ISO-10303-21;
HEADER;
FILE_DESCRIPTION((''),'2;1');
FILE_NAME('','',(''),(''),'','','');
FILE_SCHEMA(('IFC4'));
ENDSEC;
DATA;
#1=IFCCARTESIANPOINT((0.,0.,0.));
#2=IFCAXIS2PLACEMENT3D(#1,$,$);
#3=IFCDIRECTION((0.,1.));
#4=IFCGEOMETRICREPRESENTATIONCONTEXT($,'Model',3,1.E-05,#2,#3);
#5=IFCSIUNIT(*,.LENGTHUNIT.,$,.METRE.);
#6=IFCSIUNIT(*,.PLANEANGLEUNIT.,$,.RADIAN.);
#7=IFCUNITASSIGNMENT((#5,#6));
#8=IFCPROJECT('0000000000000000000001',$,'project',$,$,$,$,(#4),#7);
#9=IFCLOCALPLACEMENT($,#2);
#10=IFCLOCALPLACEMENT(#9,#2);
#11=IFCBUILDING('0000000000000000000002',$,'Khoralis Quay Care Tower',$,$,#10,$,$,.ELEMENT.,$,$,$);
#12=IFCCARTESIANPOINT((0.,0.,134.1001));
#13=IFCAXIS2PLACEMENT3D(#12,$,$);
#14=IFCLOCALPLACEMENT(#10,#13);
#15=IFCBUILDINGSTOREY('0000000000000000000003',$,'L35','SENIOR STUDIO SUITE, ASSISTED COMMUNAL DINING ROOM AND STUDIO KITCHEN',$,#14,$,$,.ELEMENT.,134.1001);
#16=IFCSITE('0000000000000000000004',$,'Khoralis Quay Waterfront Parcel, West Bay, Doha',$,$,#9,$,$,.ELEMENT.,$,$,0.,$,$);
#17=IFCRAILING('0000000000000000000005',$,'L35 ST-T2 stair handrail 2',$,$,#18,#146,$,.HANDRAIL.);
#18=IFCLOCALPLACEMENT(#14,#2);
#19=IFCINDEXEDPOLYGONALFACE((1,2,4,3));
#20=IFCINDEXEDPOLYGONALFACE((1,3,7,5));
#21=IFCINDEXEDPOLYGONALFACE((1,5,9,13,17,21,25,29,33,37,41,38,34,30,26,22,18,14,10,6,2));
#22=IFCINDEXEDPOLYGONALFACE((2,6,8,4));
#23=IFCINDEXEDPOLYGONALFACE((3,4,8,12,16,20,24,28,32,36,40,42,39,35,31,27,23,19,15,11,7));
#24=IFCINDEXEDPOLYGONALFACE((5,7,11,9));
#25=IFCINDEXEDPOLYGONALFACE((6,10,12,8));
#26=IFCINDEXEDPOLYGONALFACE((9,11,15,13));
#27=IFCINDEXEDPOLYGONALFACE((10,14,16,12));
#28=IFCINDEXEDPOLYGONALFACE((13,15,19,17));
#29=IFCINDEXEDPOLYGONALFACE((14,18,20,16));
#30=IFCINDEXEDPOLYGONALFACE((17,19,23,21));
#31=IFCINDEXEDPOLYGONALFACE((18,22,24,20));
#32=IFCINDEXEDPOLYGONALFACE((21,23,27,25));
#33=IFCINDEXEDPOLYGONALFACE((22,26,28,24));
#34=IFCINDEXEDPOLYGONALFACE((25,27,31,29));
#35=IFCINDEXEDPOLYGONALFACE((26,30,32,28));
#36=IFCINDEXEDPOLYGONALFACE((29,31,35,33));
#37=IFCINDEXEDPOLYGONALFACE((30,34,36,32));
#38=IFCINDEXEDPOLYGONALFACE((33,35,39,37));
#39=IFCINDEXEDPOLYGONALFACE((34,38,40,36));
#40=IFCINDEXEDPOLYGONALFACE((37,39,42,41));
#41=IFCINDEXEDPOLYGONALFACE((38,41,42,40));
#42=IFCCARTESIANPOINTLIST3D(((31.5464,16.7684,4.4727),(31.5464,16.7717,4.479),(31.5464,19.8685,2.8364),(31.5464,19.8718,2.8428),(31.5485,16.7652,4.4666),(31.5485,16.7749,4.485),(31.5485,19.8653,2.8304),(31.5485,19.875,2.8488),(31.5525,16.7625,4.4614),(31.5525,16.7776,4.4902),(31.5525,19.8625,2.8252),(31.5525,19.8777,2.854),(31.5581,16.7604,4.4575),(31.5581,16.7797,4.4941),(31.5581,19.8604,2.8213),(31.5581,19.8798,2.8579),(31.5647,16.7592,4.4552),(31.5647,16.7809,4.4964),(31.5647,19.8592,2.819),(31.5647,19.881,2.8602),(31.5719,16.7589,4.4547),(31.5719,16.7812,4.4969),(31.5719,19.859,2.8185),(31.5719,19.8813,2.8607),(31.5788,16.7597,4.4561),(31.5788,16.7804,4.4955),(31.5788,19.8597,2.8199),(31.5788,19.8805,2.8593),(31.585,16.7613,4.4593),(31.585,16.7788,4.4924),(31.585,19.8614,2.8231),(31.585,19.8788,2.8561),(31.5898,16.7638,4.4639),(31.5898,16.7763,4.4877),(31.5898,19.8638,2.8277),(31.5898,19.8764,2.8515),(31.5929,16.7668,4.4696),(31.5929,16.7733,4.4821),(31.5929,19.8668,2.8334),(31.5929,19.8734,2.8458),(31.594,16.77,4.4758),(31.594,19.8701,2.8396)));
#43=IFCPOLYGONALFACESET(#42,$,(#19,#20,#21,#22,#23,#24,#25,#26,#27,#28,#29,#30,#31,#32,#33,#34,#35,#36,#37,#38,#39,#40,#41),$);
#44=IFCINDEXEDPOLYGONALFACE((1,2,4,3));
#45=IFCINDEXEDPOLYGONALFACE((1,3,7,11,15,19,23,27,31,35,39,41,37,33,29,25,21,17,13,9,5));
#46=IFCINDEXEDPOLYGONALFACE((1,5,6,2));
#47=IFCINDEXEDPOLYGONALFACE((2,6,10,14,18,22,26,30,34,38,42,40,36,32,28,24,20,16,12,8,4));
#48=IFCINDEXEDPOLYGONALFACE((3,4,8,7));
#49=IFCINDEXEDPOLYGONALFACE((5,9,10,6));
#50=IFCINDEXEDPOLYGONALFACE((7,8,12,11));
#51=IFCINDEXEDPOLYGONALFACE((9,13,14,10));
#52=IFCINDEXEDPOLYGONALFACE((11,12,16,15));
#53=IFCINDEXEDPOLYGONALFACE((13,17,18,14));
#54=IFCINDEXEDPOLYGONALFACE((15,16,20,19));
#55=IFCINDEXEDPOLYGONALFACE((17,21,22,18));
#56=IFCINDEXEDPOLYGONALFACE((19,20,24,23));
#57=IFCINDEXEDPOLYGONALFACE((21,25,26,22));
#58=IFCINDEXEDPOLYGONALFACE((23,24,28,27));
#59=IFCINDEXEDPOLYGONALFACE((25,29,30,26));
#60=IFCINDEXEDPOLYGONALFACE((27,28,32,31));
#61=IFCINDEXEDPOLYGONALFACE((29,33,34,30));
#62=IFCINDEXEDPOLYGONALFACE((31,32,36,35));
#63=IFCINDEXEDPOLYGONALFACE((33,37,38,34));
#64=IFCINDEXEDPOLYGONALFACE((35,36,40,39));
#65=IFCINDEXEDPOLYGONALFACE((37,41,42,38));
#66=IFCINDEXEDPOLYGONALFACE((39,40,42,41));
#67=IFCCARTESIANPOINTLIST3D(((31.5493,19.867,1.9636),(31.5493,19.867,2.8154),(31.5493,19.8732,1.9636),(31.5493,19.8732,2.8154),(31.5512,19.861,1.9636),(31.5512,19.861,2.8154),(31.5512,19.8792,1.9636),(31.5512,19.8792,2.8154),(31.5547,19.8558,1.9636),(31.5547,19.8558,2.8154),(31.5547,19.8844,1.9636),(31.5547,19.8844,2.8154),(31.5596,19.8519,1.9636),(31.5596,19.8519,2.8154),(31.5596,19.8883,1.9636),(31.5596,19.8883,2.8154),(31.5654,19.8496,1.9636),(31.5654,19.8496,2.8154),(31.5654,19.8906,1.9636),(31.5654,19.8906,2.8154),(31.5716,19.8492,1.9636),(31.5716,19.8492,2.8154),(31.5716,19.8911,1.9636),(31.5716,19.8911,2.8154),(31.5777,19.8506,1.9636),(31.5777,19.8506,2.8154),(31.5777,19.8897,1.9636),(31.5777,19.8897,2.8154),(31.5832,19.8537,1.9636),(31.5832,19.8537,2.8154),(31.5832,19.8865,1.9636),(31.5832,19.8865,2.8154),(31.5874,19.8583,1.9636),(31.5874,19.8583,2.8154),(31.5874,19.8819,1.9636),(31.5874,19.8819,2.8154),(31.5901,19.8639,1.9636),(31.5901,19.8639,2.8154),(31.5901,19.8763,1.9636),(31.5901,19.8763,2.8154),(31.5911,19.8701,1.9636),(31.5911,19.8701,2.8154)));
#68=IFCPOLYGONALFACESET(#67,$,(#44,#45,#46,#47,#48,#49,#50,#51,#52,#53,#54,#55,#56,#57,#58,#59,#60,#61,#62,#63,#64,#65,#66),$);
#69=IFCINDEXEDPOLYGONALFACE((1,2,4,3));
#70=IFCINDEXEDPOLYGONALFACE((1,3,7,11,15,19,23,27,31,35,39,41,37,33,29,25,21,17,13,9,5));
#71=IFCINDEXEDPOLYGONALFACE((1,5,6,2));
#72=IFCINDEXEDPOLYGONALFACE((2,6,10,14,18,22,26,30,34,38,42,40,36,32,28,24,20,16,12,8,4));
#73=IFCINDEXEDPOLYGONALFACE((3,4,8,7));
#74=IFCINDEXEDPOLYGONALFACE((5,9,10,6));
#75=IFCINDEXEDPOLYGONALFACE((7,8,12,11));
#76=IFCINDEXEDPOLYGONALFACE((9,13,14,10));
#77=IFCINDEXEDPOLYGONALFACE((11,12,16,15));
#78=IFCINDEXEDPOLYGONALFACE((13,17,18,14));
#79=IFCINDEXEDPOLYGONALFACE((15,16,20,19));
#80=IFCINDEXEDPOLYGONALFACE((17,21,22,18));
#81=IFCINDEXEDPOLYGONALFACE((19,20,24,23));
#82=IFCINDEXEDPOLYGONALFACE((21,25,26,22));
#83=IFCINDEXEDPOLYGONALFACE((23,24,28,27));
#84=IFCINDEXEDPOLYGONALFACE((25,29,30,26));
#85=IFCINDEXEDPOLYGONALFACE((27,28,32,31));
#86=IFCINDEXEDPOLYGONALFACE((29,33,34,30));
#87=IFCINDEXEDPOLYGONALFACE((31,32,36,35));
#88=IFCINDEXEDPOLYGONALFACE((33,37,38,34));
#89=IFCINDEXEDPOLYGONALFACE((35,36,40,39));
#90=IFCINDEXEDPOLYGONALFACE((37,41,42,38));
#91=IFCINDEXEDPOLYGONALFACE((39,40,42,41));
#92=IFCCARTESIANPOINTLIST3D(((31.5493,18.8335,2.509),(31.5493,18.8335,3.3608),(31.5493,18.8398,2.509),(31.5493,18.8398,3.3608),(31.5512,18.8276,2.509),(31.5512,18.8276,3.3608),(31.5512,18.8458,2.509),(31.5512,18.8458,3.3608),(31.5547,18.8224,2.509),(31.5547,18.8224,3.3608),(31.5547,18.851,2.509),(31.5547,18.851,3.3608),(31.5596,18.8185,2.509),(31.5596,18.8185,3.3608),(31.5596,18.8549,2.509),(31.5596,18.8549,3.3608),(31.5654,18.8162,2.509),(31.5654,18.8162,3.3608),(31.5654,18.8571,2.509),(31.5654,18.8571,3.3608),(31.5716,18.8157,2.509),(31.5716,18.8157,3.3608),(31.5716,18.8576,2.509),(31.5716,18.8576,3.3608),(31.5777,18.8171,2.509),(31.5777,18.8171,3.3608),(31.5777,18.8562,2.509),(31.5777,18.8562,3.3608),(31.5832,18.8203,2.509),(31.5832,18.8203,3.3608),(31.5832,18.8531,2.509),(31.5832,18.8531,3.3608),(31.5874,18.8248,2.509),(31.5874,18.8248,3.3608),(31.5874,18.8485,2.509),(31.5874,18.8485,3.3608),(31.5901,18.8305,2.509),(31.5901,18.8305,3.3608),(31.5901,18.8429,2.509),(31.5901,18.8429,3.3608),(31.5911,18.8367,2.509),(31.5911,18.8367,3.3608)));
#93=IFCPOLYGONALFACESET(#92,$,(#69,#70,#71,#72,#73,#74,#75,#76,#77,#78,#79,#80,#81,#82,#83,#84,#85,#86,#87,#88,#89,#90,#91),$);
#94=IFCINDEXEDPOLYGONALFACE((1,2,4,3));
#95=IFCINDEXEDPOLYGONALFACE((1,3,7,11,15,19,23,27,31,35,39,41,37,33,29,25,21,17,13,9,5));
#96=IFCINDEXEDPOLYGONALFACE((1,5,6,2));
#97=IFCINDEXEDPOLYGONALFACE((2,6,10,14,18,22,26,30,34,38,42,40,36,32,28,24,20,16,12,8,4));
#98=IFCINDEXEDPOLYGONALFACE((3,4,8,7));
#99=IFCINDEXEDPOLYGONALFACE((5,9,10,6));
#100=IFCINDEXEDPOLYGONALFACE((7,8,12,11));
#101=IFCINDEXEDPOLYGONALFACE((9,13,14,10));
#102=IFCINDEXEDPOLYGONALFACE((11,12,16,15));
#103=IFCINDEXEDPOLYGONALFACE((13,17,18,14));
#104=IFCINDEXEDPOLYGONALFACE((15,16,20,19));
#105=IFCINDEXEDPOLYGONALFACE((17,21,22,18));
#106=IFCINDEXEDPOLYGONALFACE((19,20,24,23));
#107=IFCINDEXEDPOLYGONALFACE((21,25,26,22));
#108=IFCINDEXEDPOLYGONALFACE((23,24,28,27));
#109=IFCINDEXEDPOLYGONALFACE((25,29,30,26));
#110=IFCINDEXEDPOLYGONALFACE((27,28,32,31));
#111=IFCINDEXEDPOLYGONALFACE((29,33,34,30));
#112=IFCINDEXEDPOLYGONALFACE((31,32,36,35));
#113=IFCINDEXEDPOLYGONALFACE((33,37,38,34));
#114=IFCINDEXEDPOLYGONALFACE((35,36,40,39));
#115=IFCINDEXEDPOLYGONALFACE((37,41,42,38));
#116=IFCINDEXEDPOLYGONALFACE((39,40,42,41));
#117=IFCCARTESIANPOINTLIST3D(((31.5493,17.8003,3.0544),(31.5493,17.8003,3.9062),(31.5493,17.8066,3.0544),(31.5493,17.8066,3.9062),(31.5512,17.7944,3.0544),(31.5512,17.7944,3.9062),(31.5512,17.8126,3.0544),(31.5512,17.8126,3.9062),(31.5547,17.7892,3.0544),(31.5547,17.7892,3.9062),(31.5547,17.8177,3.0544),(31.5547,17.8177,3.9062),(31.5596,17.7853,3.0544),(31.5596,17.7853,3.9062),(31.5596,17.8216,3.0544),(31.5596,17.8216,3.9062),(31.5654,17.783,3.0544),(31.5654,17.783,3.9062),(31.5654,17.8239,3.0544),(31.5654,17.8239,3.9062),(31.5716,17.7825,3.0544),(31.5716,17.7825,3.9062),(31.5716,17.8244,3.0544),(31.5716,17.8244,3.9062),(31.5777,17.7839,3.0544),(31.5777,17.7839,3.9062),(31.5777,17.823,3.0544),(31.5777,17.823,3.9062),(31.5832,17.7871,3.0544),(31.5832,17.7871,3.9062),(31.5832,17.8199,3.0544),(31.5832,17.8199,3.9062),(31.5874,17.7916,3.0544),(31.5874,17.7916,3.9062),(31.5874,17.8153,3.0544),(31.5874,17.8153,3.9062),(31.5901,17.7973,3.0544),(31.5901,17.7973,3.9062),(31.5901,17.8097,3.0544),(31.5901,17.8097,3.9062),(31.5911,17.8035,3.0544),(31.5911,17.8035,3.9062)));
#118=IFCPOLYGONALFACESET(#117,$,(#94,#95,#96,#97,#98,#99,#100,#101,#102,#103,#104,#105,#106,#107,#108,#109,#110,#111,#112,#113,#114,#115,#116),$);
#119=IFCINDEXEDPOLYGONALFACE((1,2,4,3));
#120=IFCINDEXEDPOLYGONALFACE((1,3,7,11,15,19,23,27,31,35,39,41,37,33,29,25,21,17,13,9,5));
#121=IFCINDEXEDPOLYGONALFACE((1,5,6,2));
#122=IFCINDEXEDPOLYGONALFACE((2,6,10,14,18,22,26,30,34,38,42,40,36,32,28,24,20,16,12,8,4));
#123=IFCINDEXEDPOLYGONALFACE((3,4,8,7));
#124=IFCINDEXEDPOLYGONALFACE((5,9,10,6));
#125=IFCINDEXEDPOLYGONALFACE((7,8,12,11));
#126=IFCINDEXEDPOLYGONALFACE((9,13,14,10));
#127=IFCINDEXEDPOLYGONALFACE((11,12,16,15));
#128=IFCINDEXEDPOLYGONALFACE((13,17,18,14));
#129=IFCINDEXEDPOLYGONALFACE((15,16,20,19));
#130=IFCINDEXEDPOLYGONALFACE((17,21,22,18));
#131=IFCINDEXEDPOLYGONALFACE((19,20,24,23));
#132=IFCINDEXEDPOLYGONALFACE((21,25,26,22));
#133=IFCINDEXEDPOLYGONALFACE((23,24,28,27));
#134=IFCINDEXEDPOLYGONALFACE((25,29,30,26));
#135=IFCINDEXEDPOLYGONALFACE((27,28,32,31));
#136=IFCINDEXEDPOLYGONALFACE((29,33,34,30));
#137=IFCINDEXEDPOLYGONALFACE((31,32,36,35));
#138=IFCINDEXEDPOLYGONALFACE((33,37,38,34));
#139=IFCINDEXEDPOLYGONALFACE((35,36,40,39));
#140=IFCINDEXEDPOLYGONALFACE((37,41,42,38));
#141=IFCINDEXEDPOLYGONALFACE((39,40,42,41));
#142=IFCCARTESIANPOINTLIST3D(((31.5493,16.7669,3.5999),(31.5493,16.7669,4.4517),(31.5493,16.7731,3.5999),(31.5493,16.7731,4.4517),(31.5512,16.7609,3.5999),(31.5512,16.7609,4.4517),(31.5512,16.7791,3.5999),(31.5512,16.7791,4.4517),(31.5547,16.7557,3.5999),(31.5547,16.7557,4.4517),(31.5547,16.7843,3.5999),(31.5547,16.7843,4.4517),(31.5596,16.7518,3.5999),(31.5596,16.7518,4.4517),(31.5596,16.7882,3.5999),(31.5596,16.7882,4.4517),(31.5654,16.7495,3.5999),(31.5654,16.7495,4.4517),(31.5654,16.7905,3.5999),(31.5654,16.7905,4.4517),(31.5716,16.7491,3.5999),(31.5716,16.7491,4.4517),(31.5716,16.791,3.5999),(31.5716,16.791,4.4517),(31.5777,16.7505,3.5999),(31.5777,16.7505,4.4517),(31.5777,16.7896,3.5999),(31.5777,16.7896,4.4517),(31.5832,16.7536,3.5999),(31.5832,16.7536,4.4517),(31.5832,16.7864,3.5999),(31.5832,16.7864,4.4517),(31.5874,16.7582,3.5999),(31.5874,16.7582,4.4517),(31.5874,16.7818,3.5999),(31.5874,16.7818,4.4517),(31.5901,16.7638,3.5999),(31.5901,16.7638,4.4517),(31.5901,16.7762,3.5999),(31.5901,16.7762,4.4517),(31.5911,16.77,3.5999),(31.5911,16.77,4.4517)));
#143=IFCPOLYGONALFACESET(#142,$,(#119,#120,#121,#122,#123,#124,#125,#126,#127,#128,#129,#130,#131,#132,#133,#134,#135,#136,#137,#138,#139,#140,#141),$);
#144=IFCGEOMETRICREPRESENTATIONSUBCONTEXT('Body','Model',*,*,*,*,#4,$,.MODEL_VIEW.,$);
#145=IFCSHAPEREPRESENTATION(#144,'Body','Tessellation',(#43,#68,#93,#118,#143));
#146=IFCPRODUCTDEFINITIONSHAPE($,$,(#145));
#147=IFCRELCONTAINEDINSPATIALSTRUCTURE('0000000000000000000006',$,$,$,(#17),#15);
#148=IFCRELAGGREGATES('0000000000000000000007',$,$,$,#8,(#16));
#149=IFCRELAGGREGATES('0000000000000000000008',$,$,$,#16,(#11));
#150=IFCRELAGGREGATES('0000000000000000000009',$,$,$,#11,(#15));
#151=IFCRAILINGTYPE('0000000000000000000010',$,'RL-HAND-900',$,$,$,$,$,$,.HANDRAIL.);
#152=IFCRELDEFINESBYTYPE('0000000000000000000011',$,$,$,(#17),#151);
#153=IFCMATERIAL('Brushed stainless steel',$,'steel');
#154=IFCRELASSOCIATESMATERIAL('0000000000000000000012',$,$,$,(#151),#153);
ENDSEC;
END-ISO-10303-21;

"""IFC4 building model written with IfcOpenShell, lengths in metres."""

from ifc_helpers import new_model, si_unit, direction, frame, origin, origin_2d, place, context, subcontext, project, spatial, circle, extrude, material, type_object, element, save


model = new_model("IFC4")

# Units and contexts
model_context = context("Model", 3, precision=1e-05, world=origin(), true_north=direction((0.0, 1.0)))
body_context = subcontext(model_context, "Body", "Model", "MODEL_VIEW")
ifc_project = project(units=[si_unit("LENGTHUNIT", "METRE"), si_unit("PLANEANGLEUNIT", "RADIAN")], contexts=[model_context])

# Site, building, storey
site_placement = place(None, origin())
site = spatial("IfcSite", under=ifc_project, at=site_placement, Name="Khoralis Quay Waterfront Parcel, West Bay, Doha", CompositionType="ELEMENT", RefElevation=0.0)
building_placement = place(site_placement, origin())
building = spatial("IfcBuilding", under=site, at=building_placement, Name="Khoralis Quay Care Tower", CompositionType="ELEMENT")
storey_placement = place(building_placement, frame((0.0, 0.0, 134.1001)))
storey = spatial("IfcBuildingStorey", under=building, at=storey_placement, Name="L35", Description="SENIOR STUDIO SUITE, ASSISTED COMMUNAL DINING ROOM AND STUDIO KITCHEN", CompositionType="ELEMENT", Elevation=134.1001)

# Shared definitions
ifc_material_1 = material(Name="Brushed stainless steel", Category="steel")

# Railing
railing_type_1 = type_object("IfcRailingType", Name="RL-HAND-900", PredefinedType="HANDRAIL", material=ifc_material_1)
railing_1_placement = place(storey_placement, frame((31.5701, 19.8701, 1.9636)))
element("IfcRailing", 1, at=railing_1_placement, inside=storey, type_object=railing_type_1, Name="L35 ST-T2 stair handrail 2", PredefinedType="HANDRAIL", context=body_context, shape_type="SweptSolid", body=[
    extrude(circle(Radius=0.0239, at=origin_2d()), frame((0.0, 0.0, 0.876), z_axis=(0.0, -0.884377, 0.466774), x_axis=(1.0, 0.0, 0.0)), (0.0, 0.0, 1.0), 3.5054),
    extrude(circle(Radius=0.021, at=origin_2d()), origin(), (0.0, 0.0, 1.0), 0.8518),
    extrude(circle(Radius=0.021, at=origin_2d()), frame((0.0, -1.0334, 0.5454)), (0.0, 0.0, 1.0), 0.8518),
    extrude(circle(Radius=0.021, at=origin_2d()), frame((0.0, -2.0667, 1.0908)), (0.0, 0.0, 1.0), 0.8518),
    extrude(circle(Radius=0.021, at=origin_2d()), frame((0.0, -3.1001, 1.6362)), (0.0, 0.0, 1.0), 0.8518),
])

save(model, "model.ifc")
